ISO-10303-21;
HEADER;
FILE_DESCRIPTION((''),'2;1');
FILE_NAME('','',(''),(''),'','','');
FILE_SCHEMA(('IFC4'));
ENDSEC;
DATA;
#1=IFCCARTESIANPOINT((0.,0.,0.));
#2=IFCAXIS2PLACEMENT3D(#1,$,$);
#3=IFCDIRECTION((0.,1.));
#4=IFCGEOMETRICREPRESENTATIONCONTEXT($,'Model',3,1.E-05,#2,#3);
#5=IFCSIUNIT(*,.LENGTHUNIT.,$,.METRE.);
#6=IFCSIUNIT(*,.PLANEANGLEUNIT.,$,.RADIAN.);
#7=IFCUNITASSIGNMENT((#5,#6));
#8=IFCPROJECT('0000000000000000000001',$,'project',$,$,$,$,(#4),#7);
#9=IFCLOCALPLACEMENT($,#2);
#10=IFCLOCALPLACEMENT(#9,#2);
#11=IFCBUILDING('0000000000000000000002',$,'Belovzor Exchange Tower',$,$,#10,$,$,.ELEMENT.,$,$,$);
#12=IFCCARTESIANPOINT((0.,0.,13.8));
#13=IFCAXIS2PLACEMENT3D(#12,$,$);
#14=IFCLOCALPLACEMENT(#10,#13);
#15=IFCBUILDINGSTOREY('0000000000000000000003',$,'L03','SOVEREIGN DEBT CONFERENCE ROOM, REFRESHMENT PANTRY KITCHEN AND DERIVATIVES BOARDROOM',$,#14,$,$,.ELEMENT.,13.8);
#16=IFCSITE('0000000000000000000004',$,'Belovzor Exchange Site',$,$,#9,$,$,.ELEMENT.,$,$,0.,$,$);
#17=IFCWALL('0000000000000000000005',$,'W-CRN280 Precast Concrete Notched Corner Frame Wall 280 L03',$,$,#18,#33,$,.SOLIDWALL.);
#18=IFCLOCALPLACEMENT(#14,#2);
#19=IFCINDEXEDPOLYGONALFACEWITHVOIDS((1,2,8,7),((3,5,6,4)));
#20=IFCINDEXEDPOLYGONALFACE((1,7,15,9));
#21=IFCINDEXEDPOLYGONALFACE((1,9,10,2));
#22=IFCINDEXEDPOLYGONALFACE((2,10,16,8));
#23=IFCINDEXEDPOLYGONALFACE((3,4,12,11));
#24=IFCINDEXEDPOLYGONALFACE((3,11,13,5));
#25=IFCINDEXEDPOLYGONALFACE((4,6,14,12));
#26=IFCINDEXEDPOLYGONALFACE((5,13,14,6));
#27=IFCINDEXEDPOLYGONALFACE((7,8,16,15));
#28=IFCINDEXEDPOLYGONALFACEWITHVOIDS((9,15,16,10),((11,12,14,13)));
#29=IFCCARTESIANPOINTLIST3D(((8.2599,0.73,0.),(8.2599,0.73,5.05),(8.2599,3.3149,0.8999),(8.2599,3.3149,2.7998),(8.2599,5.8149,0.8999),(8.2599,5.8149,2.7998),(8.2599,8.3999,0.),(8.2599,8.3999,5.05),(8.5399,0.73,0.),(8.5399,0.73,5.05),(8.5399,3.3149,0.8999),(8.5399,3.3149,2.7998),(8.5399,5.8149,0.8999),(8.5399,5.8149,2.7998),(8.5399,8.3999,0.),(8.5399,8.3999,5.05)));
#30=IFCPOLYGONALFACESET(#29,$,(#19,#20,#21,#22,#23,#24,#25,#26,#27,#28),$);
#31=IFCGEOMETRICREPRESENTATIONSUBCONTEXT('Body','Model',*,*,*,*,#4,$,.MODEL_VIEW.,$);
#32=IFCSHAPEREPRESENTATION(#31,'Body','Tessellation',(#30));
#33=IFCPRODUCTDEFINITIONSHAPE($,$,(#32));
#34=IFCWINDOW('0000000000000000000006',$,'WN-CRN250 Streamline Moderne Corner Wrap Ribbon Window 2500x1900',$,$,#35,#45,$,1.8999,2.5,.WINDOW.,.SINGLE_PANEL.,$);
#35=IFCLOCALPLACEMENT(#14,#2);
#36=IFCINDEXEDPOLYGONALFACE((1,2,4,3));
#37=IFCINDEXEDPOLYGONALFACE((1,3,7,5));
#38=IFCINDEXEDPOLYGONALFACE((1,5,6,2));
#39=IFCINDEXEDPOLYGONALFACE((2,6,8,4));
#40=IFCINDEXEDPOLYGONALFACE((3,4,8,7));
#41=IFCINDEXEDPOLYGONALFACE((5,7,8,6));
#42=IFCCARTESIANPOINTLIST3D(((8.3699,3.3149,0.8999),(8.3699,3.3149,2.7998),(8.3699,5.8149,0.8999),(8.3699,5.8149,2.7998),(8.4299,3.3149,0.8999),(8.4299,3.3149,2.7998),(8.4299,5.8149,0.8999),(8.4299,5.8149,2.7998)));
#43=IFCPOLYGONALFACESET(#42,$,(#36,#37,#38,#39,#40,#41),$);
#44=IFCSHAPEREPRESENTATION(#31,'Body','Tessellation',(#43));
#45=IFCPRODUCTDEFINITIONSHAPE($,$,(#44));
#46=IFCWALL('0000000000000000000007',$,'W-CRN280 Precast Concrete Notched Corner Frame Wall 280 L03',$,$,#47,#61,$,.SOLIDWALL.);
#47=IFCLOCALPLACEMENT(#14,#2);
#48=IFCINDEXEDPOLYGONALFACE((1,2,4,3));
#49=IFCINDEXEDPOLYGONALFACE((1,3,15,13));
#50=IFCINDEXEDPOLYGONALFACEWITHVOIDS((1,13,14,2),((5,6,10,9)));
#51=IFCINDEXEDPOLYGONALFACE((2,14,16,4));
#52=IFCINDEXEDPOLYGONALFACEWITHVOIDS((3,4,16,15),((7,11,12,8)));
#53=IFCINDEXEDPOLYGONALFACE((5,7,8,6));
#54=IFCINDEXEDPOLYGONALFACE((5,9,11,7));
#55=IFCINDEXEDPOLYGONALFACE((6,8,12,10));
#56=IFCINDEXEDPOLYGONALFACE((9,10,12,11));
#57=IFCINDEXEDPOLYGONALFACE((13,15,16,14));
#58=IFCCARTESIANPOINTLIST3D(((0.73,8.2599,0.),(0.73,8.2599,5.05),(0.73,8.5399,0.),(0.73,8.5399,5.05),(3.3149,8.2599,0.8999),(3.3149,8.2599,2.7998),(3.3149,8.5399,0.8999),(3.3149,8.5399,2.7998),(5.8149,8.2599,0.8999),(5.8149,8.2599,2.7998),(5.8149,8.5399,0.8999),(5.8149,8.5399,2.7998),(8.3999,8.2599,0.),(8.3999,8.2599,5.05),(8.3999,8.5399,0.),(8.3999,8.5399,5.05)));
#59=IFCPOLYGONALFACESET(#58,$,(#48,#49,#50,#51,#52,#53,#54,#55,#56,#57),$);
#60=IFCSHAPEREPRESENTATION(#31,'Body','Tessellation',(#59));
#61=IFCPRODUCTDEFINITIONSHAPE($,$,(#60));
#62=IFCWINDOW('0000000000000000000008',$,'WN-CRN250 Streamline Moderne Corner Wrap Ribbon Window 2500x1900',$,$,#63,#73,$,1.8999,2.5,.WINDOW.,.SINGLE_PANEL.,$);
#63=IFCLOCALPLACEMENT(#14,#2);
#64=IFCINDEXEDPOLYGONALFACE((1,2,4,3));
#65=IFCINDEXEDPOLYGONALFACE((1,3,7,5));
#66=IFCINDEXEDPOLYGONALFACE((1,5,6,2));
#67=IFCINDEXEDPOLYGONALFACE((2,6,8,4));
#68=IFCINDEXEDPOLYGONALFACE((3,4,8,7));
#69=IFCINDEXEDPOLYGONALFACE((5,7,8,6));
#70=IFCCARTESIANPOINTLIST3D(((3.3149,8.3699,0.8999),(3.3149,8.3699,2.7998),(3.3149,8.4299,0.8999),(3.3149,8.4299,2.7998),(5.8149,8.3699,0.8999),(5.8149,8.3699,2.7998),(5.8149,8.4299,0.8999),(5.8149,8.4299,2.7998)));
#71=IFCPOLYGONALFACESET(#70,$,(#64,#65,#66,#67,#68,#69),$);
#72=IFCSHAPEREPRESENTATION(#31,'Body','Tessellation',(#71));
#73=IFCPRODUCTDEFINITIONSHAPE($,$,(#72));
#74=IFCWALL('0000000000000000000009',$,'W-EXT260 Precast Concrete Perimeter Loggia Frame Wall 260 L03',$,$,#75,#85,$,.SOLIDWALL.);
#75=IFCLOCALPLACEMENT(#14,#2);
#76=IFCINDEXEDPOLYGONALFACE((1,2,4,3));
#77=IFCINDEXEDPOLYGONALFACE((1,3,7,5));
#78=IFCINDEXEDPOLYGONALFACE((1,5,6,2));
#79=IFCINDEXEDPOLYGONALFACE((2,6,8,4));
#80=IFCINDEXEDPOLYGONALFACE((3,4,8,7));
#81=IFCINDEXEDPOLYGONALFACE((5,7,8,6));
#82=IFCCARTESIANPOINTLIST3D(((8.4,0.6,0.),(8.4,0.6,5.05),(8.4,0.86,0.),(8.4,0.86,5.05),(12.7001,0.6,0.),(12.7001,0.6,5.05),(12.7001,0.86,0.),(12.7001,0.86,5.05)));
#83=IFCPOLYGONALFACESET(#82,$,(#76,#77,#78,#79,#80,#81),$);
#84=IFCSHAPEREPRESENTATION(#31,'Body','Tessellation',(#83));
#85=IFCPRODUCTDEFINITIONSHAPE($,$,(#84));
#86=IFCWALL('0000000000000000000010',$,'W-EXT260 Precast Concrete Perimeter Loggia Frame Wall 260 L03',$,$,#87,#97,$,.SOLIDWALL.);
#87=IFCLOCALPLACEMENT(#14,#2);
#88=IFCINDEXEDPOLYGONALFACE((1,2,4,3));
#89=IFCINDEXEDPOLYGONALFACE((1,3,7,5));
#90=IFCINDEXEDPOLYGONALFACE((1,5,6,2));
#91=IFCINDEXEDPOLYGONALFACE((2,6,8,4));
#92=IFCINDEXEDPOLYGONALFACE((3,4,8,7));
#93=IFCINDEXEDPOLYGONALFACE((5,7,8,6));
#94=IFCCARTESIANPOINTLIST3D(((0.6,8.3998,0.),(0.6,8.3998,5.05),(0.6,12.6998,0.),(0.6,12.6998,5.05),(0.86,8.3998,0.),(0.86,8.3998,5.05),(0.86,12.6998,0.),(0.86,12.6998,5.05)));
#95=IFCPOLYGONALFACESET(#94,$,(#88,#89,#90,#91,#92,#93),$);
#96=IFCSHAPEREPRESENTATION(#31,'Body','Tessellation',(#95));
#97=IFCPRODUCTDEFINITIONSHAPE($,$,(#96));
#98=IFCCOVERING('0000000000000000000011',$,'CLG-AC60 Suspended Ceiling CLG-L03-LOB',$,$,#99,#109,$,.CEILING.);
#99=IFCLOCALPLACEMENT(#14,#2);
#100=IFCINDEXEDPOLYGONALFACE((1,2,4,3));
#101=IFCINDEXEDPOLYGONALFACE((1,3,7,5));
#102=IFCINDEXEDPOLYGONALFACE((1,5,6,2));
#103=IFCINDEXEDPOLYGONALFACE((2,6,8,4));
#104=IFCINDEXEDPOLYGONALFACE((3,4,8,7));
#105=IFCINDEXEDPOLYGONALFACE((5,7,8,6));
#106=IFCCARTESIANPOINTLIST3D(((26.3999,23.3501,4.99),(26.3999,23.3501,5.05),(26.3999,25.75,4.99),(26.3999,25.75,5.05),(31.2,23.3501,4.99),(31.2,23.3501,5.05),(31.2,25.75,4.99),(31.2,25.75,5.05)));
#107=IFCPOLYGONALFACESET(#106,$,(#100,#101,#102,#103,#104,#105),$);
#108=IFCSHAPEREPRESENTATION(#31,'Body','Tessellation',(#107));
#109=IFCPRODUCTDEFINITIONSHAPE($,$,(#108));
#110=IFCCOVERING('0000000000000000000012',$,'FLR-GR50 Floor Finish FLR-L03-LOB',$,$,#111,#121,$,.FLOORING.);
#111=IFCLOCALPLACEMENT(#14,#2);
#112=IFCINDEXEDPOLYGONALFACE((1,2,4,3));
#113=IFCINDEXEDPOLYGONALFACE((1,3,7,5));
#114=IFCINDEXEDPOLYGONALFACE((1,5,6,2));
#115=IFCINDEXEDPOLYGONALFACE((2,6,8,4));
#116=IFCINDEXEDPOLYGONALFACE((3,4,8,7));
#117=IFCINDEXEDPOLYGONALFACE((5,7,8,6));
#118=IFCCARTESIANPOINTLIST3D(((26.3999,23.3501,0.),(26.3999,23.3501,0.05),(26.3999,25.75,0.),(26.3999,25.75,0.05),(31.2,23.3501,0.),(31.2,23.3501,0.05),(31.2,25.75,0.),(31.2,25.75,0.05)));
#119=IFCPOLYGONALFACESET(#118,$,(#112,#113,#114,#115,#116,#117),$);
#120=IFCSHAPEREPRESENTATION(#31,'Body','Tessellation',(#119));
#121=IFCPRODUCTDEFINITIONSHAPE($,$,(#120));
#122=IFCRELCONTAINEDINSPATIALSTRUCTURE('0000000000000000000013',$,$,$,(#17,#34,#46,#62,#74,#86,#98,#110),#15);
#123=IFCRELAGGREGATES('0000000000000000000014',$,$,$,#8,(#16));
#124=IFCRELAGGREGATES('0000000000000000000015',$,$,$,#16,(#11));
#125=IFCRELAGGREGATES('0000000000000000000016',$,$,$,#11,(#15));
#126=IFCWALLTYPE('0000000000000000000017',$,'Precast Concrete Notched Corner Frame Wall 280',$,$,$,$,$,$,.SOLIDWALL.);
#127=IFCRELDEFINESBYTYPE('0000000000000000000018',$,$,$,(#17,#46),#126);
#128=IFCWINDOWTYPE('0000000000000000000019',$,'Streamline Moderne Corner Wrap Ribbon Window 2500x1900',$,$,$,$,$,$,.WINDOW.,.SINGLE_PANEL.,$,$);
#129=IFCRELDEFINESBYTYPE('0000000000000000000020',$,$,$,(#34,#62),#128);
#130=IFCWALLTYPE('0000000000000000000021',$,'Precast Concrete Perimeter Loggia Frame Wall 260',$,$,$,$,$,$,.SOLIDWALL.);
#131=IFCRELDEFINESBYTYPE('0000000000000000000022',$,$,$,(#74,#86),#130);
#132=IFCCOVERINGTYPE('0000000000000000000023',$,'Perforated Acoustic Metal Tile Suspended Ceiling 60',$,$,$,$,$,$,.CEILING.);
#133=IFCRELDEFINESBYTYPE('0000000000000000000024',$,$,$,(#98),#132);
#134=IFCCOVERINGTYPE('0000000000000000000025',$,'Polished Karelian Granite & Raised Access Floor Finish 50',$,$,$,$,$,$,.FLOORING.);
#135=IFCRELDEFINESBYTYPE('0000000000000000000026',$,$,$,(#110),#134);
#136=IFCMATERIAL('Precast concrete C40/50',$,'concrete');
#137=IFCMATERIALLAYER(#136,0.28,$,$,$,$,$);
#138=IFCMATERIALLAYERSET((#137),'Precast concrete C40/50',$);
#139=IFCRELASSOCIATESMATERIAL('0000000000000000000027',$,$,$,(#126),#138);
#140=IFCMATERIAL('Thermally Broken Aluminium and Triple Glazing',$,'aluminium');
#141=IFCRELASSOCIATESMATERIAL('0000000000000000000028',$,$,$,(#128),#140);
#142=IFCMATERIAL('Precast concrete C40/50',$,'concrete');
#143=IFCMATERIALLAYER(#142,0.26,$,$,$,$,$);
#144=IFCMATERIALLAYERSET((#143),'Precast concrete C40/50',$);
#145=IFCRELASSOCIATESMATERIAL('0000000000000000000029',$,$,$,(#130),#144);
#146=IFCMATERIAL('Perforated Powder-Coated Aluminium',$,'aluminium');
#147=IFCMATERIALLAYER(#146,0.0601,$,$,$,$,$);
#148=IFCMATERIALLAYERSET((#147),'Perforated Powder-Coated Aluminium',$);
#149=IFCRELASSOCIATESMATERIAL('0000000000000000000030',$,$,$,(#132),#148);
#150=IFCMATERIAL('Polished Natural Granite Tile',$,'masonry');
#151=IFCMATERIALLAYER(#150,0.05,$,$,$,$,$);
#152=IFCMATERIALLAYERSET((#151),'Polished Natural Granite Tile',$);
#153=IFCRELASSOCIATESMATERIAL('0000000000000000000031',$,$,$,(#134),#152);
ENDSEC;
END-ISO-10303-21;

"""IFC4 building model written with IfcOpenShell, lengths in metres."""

from ifc_helpers import new_model, si_unit, direction, frame, frame_2d, origin, place, context, subcontext, project, spatial, polyline, rectangle, outline, extrude, material, layer, layer_set, type_object, element, fill, save


model = new_model("IFC4")

# Units and contexts
model_context = context("Model", 3, precision=1e-05, world=origin(), true_north=direction((0.0, 1.0)))
body_context = subcontext(model_context, "Body", "Model", "MODEL_VIEW")
ifc_project = project(units=[si_unit("LENGTHUNIT", "METRE"), si_unit("PLANEANGLEUNIT", "RADIAN")], contexts=[model_context])

# Site, building, storey
site_placement = place(None, origin())
site = spatial("IfcSite", under=ifc_project, at=site_placement, Name="Belovzor Exchange Site", CompositionType="ELEMENT", RefElevation=0.0)
building_placement = place(site_placement, origin())
building = spatial("IfcBuilding", under=site, at=building_placement, Name="Belovzor Exchange Tower", CompositionType="ELEMENT")
storey_placement = place(building_placement, frame((0.0, 0.0, 13.8)))
storey = spatial("IfcBuildingStorey", under=building, at=storey_placement, Name="L03", Description="SOVEREIGN DEBT CONFERENCE ROOM, REFRESHMENT PANTRY KITCHEN AND DERIVATIVES BOARDROOM", CompositionType="ELEMENT", Elevation=13.8)

# Walls, openings, windows
ifc_material_1 = material(Name="Precast concrete C40/50", Category="concrete")
ifc_layer_1 = layer(ifc_material_1, 0.28)
ifc_layer_set_1 = layer_set([ifc_layer_1], Name="Precast concrete C40/50")
wall_type_1 = type_object("IfcWallType", Name="Precast Concrete Notched Corner Frame Wall 280", PredefinedType="SOLIDWALL", material=ifc_layer_set_1)
wall_1_placement = place(storey_placement, frame((8.3999, 0.73, 0.0), z_axis=(0.0, 0.0, 1.0), x_axis=(0.0, 1.0, 0.0)))
wall_1 = element("IfcWall", 1, at=wall_1_placement, inside=storey, type_object=wall_type_1, Name="W-CRN280 Precast Concrete Notched Corner Frame Wall 280 L03", PredefinedType="SOLIDWALL", context=body_context, shape_type="SweptSolid", body=[
    extrude(rectangle(XDim=7.6699, YDim=0.28, at=frame_2d((3.835, 0.0))), origin(), (0.0, 0.0, 1.0), 5.05),
])
opening_1_placement = place(wall_1_placement, frame((2.585, 0.0, 0.8999)))
opening_1 = element("IfcOpeningElement", 2, at=opening_1_placement, cuts=wall_1, PredefinedType="OPENING", context=body_context, shape_type="SweptSolid", body=[
    extrude(rectangle(XDim=2.5, YDim=1.8999, at=frame_2d((1.25, 0.95))), frame((0.0, 0.1499, 0.0), z_axis=(0.0, -1.0, 0.0), x_axis=(1.0, 0.0, 0.0)), (0.0, 0.0, 1.0), 0.3),
])
ifc_material_2 = material(Name="Thermally Broken Aluminium and Triple Glazing", Category="aluminium")
window_type = type_object("IfcWindowType", Name="Streamline Moderne Corner Wrap Ribbon Window 2500x1900", PartitioningType="SINGLE_PANEL", PredefinedType="WINDOW", material=ifc_material_2)
window_1_placement = place(opening_1_placement, origin())
window_1 = element("IfcWindow", 3, at=window_1_placement, inside=storey, type_object=window_type, Name="WN-CRN250 Streamline Moderne Corner Wrap Ribbon Window 2500x1900", OverallHeight=1.8999, OverallWidth=2.5, PartitioningType="SINGLE_PANEL", PredefinedType="WINDOW", context=body_context, shape_type="SweptSolid", body=[
    extrude(rectangle(XDim=2.5, YDim=1.8999, at=frame_2d((1.25, 0.95))), frame((0.0, 0.03, 0.0), z_axis=(0.0, -1.0, 0.0), x_axis=(1.0, 0.0, 0.0)), (0.0, 0.0, 1.0), 0.0601),
])
fill(opening_1, window_1)
wall_2_placement = place(storey_placement, frame((8.3999, 8.3999, 0.0), z_axis=(0.0, 0.0, 1.0), x_axis=(-1.0, 0.0, 0.0)))
wall_2 = element("IfcWall", 4, at=wall_2_placement, inside=storey, type_object=wall_type_1, Name="W-CRN280 Precast Concrete Notched Corner Frame Wall 280 L03", PredefinedType="SOLIDWALL", context=body_context, shape_type="SweptSolid", body=[
    extrude(rectangle(XDim=7.6699, YDim=0.28, at=frame_2d((3.835, 0.0))), origin(), (0.0, 0.0, 1.0), 5.05),
])
opening_2_placement = place(wall_2_placement, frame((2.585, 0.0, 0.8999)))
opening_2 = element("IfcOpeningElement", 5, at=opening_2_placement, cuts=wall_2, PredefinedType="OPENING", context=body_context, shape_type="SweptSolid", body=[
    extrude(rectangle(XDim=2.5, YDim=1.8999, at=frame_2d((1.25, 0.95))), frame((0.0, 0.1499, 0.0), z_axis=(0.0, -1.0, 0.0), x_axis=(1.0, 0.0, 0.0)), (0.0, 0.0, 1.0), 0.3),
])
window_2_placement = place(opening_2_placement, origin())
window_2 = element("IfcWindow", 6, at=window_2_placement, inside=storey, type_object=window_type, Name="WN-CRN250 Streamline Moderne Corner Wrap Ribbon Window 2500x1900", OverallHeight=1.8999, OverallWidth=2.5, PartitioningType="SINGLE_PANEL", PredefinedType="WINDOW", context=body_context, shape_type="SweptSolid", body=[
    extrude(rectangle(XDim=2.5, YDim=1.8999, at=frame_2d((1.25, 0.95))), frame((0.0, 0.03, 0.0), z_axis=(0.0, -1.0, 0.0), x_axis=(1.0, 0.0, 0.0)), (0.0, 0.0, 1.0), 0.0601),
])
fill(opening_2, window_2)

# Walls
ifc_material_3 = material(Name="Precast concrete C40/50", Category="concrete")
ifc_layer_2 = layer(ifc_material_3, 0.26)
ifc_layer_set_2 = layer_set([ifc_layer_2], Name="Precast concrete C40/50")
wall_type_2 = type_object("IfcWallType", Name="Precast Concrete Perimeter Loggia Frame Wall 260", PredefinedType="SOLIDWALL", material=ifc_layer_set_2)
for number, where, z_axis, x_axis, name in (
    (7, (12.7, 0.73, 0.0), (0.0, 0.0, 1.0), (-1.0, 0.0, 0.0), "W-EXT260 Precast Concrete Perimeter Loggia Frame Wall 260 L03"),
    (8, (0.73, 8.3999, 0.0), (0.0, 0.0, 1.0), (0.0, 1.0, 0.0), "W-EXT260 Precast Concrete Perimeter Loggia Frame Wall 260 L03"),
):
    element("IfcWall", number, at=place(storey_placement, frame(where, z_axis=z_axis, x_axis=x_axis)), inside=storey, type_object=wall_type_2, Name=name, PredefinedType="SOLIDWALL", context=body_context, shape_type="SweptSolid", body=[
        extrude(rectangle(XDim=4.3, YDim=0.26, at=frame_2d((2.1499, 0.0))), origin(), (0.0, 0.0, 1.0), 5.05),
    ])

# Coverings
ifc_material_4 = material(Name="Perforated Powder-Coated Aluminium", Category="aluminium")
ifc_layer_3 = layer(ifc_material_4, 0.0601)
ifc_layer_set_3 = layer_set([ifc_layer_3], Name="Perforated Powder-Coated Aluminium")
covering_type_1 = type_object("IfcCoveringType", Name="Perforated Acoustic Metal Tile Suspended Ceiling 60", PredefinedType="CEILING", material=ifc_layer_set_3)
covering_1_placement = place(storey_placement, frame((0.0, 0.0, 4.99)))
element("IfcCovering", 9, at=covering_1_placement, inside=storey, type_object=covering_type_1, Name="CLG-AC60 Suspended Ceiling CLG-L03-LOB", PredefinedType="CEILING", context=body_context, shape_type="SweptSolid", body=[
    extrude(outline(polyline([(26.3999, 23.3501), (31.2, 23.3501), (31.2, 25.75), (26.3999, 25.75), (26.3999, 23.3501)])), origin(), (0.0, 0.0, 1.0), 0.0601),
])
ifc_material_5 = material(Name="Polished Natural Granite Tile", Category="masonry")
ifc_layer_4 = layer(ifc_material_5, 0.05)
ifc_layer_set_4 = layer_set([ifc_layer_4], Name="Polished Natural Granite Tile")
covering_type_2 = type_object("IfcCoveringType", Name="Polished Karelian Granite & Raised Access Floor Finish 50", PredefinedType="FLOORING", material=ifc_layer_set_4)
covering_2_placement = place(storey_placement, origin())
element("IfcCovering", 10, at=covering_2_placement, inside=storey, type_object=covering_type_2, Name="FLR-GR50 Floor Finish FLR-L03-LOB", PredefinedType="FLOORING", context=body_context, shape_type="SweptSolid", body=[
    extrude(outline(polyline([(26.3999, 23.3501), (31.2, 23.3501), (31.2, 25.75), (26.3999, 25.75), (26.3999, 23.3501)])), origin(), (0.0, 0.0, 1.0), 0.05),
])

save(model, "model.ifc")
